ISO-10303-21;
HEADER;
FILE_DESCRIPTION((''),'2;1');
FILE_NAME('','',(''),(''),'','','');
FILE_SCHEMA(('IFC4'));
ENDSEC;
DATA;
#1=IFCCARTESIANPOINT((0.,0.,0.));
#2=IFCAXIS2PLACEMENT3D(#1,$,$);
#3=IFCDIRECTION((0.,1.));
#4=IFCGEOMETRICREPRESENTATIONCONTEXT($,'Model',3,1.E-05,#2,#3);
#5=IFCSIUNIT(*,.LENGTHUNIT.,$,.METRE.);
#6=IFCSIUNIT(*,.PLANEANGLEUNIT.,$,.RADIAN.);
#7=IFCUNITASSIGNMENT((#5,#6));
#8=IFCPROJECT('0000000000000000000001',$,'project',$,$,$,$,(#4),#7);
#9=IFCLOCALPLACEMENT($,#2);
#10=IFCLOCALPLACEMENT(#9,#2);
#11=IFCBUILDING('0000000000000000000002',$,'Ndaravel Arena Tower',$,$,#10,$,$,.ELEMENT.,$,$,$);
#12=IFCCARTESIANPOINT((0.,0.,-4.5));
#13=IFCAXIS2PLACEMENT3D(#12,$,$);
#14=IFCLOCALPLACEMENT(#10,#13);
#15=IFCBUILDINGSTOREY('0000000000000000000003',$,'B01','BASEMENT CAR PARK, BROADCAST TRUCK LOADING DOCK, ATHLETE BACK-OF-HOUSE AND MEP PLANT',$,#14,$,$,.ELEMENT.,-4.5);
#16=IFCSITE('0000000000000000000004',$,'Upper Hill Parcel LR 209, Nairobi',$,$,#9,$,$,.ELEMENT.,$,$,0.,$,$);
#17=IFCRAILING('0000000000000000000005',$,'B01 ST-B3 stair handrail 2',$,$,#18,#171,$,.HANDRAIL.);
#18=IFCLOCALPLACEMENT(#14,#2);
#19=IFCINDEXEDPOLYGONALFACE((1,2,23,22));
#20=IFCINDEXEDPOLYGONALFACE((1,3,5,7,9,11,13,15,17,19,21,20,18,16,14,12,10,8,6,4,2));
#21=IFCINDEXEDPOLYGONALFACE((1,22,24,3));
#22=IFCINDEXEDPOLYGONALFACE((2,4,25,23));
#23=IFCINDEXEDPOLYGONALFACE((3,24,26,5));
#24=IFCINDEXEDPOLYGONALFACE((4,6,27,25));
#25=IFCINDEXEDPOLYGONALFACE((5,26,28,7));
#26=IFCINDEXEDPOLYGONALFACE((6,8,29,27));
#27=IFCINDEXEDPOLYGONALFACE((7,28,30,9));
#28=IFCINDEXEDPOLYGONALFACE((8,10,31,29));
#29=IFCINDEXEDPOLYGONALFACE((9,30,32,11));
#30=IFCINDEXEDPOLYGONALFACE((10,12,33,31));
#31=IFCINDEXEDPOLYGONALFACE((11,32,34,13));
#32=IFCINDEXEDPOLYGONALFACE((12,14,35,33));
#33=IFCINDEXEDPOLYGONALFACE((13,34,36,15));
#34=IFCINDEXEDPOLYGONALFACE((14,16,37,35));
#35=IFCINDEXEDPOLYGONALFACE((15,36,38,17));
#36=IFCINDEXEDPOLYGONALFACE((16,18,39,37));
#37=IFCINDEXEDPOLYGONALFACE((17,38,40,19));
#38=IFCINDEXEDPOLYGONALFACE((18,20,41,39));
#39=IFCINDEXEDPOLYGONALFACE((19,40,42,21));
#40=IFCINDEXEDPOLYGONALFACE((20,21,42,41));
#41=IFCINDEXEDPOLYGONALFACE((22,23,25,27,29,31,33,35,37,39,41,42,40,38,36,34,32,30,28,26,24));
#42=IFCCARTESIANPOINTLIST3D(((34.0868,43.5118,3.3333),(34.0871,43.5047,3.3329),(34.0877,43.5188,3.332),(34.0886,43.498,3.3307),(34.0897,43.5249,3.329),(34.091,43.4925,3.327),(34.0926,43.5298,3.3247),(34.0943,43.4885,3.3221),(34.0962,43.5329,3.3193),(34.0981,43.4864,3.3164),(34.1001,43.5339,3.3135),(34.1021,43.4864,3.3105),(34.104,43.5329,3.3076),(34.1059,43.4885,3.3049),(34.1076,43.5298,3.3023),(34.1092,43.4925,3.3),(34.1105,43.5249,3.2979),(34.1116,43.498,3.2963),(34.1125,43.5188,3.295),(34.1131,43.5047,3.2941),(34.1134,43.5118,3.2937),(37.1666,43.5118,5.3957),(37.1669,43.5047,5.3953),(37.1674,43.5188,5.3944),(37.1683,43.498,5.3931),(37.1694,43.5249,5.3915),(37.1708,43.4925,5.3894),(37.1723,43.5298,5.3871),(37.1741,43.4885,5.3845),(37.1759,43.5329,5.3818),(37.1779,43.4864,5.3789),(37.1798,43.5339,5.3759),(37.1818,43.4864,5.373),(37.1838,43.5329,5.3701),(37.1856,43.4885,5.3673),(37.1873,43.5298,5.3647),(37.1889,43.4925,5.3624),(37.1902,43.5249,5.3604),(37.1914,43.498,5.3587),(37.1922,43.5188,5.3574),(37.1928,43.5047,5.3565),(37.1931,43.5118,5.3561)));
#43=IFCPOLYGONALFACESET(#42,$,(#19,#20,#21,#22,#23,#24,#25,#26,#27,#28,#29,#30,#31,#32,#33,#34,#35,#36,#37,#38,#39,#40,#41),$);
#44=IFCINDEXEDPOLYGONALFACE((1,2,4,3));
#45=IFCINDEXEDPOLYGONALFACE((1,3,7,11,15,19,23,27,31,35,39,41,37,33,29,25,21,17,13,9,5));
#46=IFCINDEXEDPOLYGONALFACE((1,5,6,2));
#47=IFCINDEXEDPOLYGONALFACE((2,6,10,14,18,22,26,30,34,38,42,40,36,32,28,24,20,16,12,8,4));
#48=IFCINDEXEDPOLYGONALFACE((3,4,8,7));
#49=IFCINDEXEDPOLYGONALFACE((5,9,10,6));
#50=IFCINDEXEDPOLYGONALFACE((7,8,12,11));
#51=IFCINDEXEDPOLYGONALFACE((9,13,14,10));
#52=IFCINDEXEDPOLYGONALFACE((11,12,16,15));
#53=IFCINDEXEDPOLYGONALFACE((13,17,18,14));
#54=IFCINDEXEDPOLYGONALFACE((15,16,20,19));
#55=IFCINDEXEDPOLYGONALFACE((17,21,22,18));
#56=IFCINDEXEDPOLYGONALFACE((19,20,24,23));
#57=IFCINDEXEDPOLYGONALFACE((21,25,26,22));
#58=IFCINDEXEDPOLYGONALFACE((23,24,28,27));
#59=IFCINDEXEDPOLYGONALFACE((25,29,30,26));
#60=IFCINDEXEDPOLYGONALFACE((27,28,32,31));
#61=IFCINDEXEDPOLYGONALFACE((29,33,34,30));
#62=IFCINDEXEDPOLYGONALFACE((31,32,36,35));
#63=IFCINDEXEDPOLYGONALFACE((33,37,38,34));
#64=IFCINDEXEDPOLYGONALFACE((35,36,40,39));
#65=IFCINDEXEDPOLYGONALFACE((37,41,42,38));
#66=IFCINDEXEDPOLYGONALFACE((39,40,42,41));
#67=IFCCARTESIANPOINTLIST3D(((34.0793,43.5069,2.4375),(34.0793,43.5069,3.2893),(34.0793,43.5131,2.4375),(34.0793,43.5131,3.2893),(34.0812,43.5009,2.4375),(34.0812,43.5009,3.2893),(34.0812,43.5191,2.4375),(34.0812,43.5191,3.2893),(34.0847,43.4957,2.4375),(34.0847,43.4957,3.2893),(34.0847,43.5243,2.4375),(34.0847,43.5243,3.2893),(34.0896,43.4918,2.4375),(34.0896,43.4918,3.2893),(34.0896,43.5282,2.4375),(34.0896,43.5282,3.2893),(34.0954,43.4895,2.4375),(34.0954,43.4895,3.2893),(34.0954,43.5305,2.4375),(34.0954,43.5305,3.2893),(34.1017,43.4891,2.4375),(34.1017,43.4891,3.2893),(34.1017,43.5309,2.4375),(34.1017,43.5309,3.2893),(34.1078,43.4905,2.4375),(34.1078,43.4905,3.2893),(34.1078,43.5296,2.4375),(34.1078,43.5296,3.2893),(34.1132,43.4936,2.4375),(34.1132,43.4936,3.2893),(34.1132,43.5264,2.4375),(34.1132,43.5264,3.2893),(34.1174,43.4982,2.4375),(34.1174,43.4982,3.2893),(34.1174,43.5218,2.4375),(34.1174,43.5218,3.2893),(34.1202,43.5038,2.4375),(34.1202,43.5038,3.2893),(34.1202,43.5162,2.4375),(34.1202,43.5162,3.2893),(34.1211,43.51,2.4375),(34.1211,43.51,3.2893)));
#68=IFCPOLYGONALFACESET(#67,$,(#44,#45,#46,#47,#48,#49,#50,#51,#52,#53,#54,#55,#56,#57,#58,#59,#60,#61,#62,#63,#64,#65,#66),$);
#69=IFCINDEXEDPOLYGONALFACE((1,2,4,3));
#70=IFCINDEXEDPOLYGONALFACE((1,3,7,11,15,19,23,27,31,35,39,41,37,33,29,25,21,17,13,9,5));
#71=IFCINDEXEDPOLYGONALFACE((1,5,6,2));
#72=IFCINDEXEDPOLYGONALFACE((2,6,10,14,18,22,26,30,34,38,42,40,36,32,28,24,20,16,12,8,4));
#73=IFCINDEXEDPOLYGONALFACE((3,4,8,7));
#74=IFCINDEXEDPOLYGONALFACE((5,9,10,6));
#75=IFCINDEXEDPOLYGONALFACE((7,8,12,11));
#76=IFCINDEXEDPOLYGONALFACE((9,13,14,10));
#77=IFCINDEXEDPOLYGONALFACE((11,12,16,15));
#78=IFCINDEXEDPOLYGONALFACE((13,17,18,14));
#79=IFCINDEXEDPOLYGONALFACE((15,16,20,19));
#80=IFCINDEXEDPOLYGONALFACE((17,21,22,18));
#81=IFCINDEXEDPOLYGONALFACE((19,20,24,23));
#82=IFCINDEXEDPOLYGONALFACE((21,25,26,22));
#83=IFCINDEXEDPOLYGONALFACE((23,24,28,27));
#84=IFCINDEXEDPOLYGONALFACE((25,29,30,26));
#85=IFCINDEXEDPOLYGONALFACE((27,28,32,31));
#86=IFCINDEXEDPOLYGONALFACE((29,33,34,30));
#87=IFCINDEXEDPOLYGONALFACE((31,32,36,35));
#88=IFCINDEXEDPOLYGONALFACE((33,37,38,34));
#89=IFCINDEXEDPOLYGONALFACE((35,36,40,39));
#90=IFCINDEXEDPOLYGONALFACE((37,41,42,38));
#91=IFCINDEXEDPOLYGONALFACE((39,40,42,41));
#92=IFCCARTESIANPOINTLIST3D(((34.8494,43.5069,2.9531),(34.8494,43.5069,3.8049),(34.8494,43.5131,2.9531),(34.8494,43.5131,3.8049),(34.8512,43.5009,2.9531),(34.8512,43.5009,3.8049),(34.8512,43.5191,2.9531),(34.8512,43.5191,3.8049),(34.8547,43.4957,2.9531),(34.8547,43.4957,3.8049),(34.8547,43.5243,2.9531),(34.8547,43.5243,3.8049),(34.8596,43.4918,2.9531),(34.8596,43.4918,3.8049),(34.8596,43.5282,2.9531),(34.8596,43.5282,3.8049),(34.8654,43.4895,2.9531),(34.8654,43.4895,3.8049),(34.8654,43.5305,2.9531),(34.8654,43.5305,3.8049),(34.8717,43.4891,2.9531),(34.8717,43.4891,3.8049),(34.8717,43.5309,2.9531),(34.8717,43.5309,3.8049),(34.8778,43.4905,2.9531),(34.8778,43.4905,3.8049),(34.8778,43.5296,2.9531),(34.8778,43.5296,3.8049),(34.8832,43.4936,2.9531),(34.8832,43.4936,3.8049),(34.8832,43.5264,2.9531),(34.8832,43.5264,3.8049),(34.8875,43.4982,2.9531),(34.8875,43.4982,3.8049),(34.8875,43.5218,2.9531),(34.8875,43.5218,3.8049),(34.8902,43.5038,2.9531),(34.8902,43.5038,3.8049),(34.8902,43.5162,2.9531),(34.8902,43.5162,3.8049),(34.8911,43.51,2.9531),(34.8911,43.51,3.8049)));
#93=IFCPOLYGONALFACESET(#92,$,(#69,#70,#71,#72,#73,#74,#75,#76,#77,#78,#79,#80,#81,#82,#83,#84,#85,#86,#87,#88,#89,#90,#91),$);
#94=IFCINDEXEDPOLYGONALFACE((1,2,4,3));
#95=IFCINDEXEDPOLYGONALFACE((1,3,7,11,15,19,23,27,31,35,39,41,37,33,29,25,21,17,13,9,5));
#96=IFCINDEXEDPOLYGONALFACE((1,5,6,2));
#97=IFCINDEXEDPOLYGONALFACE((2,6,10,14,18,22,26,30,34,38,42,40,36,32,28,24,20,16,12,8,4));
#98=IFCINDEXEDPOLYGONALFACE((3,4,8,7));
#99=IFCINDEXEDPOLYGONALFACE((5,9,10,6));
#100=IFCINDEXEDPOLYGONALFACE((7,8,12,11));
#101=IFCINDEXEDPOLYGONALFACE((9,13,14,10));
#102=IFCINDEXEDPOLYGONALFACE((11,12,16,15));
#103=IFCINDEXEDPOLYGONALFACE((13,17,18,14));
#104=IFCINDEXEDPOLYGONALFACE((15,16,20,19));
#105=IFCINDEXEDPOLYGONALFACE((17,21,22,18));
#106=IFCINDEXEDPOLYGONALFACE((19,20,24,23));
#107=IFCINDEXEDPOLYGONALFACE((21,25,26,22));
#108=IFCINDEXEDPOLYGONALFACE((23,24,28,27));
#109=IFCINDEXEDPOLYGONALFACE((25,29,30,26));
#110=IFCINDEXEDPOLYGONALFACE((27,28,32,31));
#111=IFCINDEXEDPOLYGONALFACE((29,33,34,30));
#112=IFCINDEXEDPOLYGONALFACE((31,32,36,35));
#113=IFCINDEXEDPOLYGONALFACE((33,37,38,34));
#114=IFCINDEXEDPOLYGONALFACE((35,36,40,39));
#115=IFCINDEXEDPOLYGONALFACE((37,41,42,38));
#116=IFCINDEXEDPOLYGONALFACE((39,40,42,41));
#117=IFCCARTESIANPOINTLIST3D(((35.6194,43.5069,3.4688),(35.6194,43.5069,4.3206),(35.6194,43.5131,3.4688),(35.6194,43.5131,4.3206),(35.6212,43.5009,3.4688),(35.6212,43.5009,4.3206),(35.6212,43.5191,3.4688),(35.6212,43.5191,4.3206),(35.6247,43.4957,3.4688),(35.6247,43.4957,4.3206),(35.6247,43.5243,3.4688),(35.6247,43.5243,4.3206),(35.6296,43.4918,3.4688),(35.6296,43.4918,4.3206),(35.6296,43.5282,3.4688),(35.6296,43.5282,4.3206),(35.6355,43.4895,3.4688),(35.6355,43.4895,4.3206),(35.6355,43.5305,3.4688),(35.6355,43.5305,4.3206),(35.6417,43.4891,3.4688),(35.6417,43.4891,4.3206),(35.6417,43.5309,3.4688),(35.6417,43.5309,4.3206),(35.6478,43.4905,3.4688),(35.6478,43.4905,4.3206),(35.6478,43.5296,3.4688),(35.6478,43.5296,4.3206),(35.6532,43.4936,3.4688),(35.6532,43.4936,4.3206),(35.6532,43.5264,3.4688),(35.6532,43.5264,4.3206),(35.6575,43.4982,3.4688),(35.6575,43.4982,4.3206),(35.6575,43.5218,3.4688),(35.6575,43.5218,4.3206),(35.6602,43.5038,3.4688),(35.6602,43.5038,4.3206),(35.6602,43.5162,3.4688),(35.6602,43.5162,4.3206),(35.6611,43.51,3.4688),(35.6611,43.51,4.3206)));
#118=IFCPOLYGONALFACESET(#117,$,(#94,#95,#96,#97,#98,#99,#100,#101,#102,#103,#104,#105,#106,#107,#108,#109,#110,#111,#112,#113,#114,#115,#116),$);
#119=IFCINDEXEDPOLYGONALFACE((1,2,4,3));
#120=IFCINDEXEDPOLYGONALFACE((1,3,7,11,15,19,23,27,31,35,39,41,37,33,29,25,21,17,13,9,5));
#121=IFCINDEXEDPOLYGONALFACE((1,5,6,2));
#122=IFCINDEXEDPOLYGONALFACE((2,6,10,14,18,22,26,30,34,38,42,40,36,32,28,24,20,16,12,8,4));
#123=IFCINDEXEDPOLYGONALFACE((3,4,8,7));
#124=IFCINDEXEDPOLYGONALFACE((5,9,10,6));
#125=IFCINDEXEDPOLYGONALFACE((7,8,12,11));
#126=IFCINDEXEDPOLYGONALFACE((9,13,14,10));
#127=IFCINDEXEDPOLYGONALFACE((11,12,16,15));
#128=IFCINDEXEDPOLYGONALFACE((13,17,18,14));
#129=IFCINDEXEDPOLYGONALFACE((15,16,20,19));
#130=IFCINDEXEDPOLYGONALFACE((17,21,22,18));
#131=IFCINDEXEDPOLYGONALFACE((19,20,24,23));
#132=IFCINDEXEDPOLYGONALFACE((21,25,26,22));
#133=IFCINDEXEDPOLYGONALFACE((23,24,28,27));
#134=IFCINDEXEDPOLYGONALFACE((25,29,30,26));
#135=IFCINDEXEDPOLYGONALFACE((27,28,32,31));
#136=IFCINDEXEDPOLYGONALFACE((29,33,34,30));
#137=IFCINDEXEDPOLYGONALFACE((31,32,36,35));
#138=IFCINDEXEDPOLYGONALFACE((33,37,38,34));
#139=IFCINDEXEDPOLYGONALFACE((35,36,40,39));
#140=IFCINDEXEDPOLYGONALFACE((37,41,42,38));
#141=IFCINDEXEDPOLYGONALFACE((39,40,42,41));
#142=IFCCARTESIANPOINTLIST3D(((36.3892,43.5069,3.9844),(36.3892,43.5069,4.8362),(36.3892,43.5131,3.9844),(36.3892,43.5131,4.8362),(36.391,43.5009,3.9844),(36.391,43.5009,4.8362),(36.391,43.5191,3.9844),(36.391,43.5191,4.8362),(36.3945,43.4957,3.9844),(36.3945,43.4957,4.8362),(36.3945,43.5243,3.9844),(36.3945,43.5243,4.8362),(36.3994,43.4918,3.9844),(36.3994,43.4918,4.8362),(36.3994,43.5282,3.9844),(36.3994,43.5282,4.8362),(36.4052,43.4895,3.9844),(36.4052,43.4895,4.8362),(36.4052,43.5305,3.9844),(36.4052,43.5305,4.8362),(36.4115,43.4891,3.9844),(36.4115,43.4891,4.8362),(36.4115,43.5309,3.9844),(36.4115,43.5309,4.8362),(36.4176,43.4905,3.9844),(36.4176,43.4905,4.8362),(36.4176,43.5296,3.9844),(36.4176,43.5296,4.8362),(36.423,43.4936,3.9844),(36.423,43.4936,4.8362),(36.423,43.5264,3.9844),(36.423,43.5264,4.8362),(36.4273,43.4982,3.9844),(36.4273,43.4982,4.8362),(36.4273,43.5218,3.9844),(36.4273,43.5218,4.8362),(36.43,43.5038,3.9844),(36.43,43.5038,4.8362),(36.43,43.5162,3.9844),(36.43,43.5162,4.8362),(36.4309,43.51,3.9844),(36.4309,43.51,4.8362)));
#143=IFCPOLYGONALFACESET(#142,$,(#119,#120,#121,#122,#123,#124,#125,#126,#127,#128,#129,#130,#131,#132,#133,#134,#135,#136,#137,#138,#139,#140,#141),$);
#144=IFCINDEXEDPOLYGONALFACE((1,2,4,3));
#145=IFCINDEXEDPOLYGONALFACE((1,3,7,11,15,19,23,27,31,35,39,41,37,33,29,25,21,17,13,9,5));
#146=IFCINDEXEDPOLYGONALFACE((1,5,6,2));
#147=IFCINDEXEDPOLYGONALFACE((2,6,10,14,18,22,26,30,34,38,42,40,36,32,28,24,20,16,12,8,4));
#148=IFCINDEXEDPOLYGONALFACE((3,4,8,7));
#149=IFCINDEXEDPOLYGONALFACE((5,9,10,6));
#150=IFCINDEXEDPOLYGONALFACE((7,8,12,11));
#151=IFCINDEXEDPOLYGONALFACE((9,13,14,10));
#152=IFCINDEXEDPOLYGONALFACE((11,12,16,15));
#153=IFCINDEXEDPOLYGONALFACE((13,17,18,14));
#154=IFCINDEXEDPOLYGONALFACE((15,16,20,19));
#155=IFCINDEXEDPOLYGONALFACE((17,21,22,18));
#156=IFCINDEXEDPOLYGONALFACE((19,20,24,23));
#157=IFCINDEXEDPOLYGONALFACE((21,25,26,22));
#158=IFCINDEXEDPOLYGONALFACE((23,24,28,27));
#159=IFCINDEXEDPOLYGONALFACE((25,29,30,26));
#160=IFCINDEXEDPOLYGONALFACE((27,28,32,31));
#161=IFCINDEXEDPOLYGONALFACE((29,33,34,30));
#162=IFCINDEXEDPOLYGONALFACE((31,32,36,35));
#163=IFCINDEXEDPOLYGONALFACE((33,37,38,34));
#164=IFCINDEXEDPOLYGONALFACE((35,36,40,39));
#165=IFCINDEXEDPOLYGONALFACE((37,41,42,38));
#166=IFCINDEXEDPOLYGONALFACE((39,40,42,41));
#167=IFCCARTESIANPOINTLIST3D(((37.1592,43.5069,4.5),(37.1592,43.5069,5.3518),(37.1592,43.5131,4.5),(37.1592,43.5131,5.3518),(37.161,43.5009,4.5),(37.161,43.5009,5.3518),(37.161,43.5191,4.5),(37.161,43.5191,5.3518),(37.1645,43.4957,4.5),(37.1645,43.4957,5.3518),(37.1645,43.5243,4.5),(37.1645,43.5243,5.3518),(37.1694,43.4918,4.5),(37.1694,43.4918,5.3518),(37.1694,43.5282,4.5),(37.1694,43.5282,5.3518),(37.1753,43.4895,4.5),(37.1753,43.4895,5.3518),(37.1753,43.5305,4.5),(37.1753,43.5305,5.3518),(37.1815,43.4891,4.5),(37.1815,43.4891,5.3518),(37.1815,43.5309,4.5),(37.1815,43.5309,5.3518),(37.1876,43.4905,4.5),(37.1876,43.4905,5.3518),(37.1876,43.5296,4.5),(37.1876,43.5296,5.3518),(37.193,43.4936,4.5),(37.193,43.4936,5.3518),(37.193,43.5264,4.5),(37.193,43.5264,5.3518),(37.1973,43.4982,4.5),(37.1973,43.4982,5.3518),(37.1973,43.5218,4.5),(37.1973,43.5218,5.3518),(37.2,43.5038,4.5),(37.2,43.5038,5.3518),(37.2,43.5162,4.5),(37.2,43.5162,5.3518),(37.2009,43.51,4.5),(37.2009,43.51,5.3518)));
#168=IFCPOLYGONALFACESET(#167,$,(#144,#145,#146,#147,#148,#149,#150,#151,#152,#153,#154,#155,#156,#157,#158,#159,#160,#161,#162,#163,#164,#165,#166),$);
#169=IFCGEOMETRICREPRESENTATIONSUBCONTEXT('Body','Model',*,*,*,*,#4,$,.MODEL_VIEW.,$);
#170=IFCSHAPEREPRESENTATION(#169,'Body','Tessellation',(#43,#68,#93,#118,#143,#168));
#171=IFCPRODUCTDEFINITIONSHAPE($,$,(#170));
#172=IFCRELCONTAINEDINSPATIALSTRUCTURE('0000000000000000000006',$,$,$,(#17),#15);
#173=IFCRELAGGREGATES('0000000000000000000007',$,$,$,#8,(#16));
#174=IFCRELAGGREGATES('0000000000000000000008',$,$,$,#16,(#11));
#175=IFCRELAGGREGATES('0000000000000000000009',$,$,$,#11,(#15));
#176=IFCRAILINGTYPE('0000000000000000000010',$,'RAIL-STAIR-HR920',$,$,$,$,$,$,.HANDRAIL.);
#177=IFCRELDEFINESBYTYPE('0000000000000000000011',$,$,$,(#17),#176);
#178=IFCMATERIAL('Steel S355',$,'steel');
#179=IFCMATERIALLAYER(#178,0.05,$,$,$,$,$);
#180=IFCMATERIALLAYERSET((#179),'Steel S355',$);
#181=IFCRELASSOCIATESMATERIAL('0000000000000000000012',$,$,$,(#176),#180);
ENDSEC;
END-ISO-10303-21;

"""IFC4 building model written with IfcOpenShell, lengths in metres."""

from ifc_helpers import new_model, si_unit, direction, frame, origin, origin_2d, place, context, subcontext, project, spatial, circle, extrude, material, layer, layer_set, type_object, element, save


model = new_model("IFC4")

# Units and contexts
model_context = context("Model", 3, precision=1e-05, world=origin(), true_north=direction((0.0, 1.0)))
body_context = subcontext(model_context, "Body", "Model", "MODEL_VIEW")
ifc_project = project(units=[si_unit("LENGTHUNIT", "METRE"), si_unit("PLANEANGLEUNIT", "RADIAN")], contexts=[model_context])

# Site, building, storey
site_placement = place(None, origin())
site = spatial("IfcSite", under=ifc_project, at=site_placement, Name="Upper Hill Parcel LR 209, Nairobi", CompositionType="ELEMENT", RefElevation=0.0)
building_placement = place(site_placement, origin())
building = spatial("IfcBuilding", under=site, at=building_placement, Name="Ndaravel Arena Tower", CompositionType="ELEMENT")
storey_placement = place(building_placement, frame((0.0, 0.0, -4.5)))
storey = spatial("IfcBuildingStorey", under=building, at=storey_placement, Name="B01", Description="BASEMENT CAR PARK, BROADCAST TRUCK LOADING DOCK, ATHLETE BACK-OF-HOUSE AND MEP PLANT", CompositionType="ELEMENT", Elevation=-4.5)

# Railing
ifc_material_1 = material(Name="Steel S355", Category="steel")
ifc_layer_1 = layer(ifc_material_1, 0.05)
ifc_layer_set_1 = layer_set([ifc_layer_1], Name="Steel S355")
railing_type_1 = type_object("IfcRailingType", Name="RAIL-STAIR-HR920", PredefinedType="HANDRAIL", material=ifc_layer_set_1)
railing_1_placement = place(storey_placement, frame((34.1001, 43.51, 2.4375)))
element("IfcRailing", 1, at=railing_1_placement, inside=storey, type_object=railing_type_1, Name="B01 ST-B3 stair handrail 2", PredefinedType="HANDRAIL", context=body_context, shape_type="SweptSolid", body=[
    extrude(circle(Radius=0.0239, at=origin_2d()), frame((0.0, 0.0, 0.876), z_axis=(0.830893, 0.0, 0.556432), x_axis=(0.0, 1.0, 0.0)), (0.0, 0.0, 1.0), 3.7065),
    extrude(circle(Radius=0.021, at=origin_2d()), origin(), (0.0, 0.0, 1.0), 0.8518),
    extrude(circle(Radius=0.021, at=origin_2d()), frame((0.77, 0.0, 0.5156)), (0.0, 0.0, 1.0), 0.8518),
    extrude(circle(Radius=0.021, at=origin_2d()), frame((1.54, 0.0, 1.0312)), (0.0, 0.0, 1.0), 0.8518),
    extrude(circle(Radius=0.021, at=origin_2d()), frame((2.3098, 0.0, 1.5469)), (0.0, 0.0, 1.0), 0.8518),
    extrude(circle(Radius=0.021, at=origin_2d()), frame((3.0798, 0.0, 2.0625)), (0.0, 0.0, 1.0), 0.8518),
])

save(model, "model.ifc")
